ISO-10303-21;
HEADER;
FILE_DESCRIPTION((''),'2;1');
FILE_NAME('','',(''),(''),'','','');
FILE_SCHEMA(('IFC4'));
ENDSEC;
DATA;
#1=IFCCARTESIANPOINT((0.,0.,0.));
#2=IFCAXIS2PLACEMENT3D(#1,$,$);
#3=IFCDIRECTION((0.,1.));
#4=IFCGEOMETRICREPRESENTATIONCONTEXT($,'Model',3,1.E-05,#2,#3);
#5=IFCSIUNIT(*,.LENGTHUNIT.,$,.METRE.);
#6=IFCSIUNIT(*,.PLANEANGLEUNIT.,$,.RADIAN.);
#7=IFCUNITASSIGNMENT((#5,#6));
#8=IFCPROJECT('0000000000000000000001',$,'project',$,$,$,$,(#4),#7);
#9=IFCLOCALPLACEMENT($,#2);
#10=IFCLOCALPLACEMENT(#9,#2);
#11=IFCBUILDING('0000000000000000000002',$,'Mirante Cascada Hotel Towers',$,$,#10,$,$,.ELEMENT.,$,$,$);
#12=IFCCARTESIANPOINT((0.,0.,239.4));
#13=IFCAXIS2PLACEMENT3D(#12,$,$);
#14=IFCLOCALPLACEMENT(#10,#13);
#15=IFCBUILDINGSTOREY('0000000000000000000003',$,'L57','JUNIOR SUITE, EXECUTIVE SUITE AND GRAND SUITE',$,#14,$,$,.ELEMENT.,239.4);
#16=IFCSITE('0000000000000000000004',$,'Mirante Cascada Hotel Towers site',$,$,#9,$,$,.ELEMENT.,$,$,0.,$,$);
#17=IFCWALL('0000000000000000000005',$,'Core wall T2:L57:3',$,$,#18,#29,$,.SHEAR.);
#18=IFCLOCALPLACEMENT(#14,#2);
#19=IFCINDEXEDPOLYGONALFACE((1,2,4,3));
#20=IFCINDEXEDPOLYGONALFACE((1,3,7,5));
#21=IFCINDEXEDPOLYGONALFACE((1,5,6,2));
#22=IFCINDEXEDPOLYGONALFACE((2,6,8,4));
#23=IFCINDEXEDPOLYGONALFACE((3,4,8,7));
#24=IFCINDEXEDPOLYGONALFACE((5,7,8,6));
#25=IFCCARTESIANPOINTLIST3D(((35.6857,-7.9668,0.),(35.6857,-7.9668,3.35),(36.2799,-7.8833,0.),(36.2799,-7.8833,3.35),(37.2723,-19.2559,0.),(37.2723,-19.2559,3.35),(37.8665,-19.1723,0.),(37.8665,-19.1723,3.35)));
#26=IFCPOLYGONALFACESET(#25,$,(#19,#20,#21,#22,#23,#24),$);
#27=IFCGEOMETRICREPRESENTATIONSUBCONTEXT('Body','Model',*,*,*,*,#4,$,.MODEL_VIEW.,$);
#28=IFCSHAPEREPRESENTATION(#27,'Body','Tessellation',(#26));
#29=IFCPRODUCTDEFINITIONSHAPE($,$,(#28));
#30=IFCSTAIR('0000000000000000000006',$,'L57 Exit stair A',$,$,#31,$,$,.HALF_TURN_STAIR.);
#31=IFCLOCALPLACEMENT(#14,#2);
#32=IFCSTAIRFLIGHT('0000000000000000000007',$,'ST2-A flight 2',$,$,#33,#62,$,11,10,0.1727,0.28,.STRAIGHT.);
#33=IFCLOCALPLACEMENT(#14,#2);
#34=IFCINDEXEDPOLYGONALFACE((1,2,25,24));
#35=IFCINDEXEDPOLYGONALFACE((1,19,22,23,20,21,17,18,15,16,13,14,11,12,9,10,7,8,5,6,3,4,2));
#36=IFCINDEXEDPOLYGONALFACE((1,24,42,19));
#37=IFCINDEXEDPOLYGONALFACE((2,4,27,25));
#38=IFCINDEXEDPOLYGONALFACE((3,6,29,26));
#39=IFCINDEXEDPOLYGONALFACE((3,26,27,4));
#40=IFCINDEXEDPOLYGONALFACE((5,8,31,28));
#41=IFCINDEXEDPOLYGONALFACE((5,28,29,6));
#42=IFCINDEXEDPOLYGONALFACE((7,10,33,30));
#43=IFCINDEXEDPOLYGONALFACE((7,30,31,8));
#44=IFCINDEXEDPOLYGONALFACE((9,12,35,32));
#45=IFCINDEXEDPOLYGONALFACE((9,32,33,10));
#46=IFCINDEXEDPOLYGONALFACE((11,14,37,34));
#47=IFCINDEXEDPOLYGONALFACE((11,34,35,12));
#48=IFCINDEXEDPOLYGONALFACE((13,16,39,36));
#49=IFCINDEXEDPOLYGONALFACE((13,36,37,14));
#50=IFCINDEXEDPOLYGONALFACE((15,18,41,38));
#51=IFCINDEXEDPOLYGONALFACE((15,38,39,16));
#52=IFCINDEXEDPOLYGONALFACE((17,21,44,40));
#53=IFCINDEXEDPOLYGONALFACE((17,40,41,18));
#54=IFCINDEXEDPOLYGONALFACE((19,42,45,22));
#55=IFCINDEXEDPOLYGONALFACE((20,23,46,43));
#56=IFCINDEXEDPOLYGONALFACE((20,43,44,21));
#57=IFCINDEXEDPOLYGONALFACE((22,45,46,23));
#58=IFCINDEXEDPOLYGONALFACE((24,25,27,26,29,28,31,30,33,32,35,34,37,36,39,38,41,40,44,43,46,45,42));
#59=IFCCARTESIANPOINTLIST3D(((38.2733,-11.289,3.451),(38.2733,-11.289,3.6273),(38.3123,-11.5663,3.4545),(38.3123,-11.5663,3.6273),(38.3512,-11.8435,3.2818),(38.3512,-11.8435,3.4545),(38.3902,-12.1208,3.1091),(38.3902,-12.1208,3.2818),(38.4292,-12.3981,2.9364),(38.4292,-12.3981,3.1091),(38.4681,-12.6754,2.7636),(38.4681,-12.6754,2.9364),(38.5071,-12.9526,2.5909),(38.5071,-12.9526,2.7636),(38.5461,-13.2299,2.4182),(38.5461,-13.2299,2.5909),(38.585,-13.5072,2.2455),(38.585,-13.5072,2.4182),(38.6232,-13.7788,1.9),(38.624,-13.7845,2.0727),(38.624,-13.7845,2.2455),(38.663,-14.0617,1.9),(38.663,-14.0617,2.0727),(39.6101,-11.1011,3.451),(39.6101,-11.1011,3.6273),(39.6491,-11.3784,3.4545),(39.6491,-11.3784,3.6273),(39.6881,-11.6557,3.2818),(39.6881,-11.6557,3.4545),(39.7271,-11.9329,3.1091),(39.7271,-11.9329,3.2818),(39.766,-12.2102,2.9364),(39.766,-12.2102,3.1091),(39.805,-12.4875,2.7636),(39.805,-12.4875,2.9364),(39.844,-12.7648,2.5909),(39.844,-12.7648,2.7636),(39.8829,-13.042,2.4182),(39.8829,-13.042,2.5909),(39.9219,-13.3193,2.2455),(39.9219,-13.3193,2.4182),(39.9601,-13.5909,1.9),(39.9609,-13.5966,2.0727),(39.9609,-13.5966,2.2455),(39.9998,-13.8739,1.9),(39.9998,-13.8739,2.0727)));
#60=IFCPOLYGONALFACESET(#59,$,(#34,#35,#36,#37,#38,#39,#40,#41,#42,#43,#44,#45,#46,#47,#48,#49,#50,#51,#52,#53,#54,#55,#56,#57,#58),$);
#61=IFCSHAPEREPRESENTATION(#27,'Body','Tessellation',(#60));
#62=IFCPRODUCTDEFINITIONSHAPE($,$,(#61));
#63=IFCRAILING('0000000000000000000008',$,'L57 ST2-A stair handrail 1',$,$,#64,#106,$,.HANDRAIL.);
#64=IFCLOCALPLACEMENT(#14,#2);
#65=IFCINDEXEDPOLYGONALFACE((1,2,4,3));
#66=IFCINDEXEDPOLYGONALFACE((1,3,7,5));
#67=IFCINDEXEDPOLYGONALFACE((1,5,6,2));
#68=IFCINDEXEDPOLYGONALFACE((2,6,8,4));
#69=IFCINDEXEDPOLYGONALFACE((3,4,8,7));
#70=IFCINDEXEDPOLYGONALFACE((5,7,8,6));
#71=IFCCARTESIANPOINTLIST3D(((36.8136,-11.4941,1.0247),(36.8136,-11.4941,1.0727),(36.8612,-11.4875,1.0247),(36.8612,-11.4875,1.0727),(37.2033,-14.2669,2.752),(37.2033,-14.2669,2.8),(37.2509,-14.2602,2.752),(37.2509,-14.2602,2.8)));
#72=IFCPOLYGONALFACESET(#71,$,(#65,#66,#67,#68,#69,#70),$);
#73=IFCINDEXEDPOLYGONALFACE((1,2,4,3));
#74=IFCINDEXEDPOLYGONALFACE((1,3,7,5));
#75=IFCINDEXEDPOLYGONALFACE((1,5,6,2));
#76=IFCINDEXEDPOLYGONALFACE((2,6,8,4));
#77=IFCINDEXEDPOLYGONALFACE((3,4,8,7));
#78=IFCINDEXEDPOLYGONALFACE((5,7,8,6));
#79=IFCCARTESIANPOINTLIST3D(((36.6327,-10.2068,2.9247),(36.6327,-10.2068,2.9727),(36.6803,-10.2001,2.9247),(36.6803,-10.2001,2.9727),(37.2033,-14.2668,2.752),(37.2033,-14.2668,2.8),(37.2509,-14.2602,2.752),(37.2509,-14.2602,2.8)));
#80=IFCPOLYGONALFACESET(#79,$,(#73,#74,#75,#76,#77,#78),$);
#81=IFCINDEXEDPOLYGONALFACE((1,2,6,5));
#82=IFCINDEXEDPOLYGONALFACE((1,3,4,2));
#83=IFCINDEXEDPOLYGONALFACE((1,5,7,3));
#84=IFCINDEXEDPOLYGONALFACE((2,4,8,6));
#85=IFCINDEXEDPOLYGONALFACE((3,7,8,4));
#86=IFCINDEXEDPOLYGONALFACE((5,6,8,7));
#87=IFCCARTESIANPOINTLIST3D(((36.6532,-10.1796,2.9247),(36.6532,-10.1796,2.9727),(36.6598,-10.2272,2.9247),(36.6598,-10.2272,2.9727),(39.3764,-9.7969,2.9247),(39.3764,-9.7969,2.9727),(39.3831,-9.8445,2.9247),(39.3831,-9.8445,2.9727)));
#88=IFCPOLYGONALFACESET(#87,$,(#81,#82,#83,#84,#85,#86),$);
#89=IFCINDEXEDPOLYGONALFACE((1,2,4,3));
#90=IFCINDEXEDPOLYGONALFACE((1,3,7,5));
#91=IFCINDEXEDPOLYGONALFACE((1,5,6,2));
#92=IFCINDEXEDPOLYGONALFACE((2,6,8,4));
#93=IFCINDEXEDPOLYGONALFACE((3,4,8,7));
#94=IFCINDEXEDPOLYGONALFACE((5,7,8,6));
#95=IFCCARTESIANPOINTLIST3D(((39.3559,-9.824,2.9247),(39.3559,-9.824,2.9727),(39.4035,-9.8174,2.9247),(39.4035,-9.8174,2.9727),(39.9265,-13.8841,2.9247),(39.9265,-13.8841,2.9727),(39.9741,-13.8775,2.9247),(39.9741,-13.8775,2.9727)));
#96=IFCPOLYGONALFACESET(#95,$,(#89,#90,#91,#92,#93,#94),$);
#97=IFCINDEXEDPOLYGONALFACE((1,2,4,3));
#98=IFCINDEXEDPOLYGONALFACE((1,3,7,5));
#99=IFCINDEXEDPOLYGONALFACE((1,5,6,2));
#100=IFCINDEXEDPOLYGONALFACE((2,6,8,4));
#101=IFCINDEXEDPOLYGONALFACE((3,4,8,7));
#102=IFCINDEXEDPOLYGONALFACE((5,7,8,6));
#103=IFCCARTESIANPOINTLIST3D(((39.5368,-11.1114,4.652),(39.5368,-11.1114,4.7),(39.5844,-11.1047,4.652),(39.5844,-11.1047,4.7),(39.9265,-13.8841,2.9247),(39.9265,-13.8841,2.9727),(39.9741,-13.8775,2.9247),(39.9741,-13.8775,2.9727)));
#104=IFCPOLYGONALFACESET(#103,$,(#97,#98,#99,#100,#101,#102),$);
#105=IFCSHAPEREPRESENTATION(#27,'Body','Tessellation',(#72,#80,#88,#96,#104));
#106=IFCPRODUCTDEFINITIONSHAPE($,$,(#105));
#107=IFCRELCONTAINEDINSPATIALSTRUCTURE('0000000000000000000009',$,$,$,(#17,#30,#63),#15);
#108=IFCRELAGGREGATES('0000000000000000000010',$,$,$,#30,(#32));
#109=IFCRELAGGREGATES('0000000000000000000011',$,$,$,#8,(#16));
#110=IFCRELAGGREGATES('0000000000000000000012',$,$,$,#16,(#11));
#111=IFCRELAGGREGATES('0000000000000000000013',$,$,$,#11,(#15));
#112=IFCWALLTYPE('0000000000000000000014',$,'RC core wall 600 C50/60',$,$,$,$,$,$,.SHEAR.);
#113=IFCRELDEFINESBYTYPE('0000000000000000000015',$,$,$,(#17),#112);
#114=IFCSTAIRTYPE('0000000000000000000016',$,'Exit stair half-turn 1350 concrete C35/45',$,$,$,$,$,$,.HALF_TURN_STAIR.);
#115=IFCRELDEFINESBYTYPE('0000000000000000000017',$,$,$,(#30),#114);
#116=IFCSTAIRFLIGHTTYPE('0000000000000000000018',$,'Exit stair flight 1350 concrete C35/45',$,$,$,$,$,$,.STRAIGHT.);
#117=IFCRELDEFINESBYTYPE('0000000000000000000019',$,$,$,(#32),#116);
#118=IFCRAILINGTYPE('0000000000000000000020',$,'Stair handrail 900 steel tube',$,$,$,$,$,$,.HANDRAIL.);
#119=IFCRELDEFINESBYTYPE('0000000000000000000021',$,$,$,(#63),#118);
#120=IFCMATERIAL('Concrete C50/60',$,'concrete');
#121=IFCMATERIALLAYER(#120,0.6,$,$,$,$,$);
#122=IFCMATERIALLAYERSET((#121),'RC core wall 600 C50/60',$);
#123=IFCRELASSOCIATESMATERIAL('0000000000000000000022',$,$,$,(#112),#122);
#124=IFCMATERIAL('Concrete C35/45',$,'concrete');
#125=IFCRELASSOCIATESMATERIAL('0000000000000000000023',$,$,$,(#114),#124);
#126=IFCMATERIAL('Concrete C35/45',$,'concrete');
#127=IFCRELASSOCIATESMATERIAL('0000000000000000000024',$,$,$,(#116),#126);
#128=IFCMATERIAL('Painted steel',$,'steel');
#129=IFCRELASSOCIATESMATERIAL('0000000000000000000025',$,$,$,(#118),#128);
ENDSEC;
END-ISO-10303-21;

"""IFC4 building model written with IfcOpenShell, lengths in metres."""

from ifc_helpers import new_model, si_unit, direction, frame, frame_2d, origin, origin_2d, place, context, subcontext, project, spatial, polyline, rectangle, outline, extrude, material, layer, layer_set, type_object, element, aggregate, save


model = new_model("IFC4")

# Units and contexts
model_context = context("Model", 3, precision=1e-05, world=origin(), true_north=direction((0.0, 1.0)))
body_context = subcontext(model_context, "Body", "Model", "MODEL_VIEW")
ifc_project = project(units=[si_unit("LENGTHUNIT", "METRE"), si_unit("PLANEANGLEUNIT", "RADIAN")], contexts=[model_context])

# Site, building, storey
site_placement = place(None, origin())
site = spatial("IfcSite", under=ifc_project, at=site_placement, Name="Mirante Cascada Hotel Towers site", CompositionType="ELEMENT", RefElevation=0.0)
building_placement = place(site_placement, origin())
building = spatial("IfcBuilding", under=site, at=building_placement, Name="Mirante Cascada Hotel Towers", CompositionType="ELEMENT")
storey_placement = place(building_placement, frame((0.0, 0.0, 239.4)))
storey = spatial("IfcBuildingStorey", under=building, at=storey_placement, Name="L57", Description="JUNIOR SUITE, EXECUTIVE SUITE AND GRAND SUITE", CompositionType="ELEMENT", Elevation=239.4)

# Wall
ifc_material_1 = material(Name="Concrete C50/60", Category="concrete")
ifc_layer_1 = layer(ifc_material_1, 0.6)
ifc_layer_set_1 = layer_set([ifc_layer_1], Name="RC core wall 600 C50/60")
wall_type_1 = type_object("IfcWallType", Name="RC core wall 600 C50/60", PredefinedType="SHEAR", material=ifc_layer_set_1)
wall_1_placement = place(storey_placement, frame((37.5694, -19.2141, 0.0), z_axis=(0.0, 0.0, 1.0), x_axis=(-0.139175, 0.990268, 0.0)))
element("IfcWall", 1, at=wall_1_placement, inside=storey, type_object=wall_type_1, Name="Core wall T2:L57:3", PredefinedType="SHEAR", context=body_context, shape_type="SweptSolid", body=[
    extrude(rectangle(XDim=11.4, YDim=0.6, at=frame_2d((5.7, 0.0))), origin(), (0.0, 0.0, 1.0), 3.35),
])

# Stair, stair flight
ifc_material_2 = material(Name="Concrete C35/45", Category="concrete")
stair_type = type_object("IfcStairType", Name="Exit stair half-turn 1350 concrete C35/45", PredefinedType="HALF_TURN_STAIR", material=ifc_material_2)
stair_placement = place(storey_placement, origin())
stair = element("IfcStair", 2, at=stair_placement, inside=storey, type_object=stair_type, Name="L57 Exit stair A", PredefinedType="HALF_TURN_STAIR")
ifc_material_3 = material(Name="Concrete C35/45", Category="concrete")
stair_flight_type = type_object("IfcStairFlightType", Name="Exit stair flight 1350 concrete C35/45", PredefinedType="STRAIGHT", material=ifc_material_3)
stair_flight_placement = place(storey_placement, frame((39.3314, -13.9678, 1.9), z_axis=(0.0, 0.0, 1.0), x_axis=(-0.139173, 0.990268, 0.0)))
stair_flight = element("IfcStairFlight", 3, at=stair_flight_placement, type_object=stair_flight_type, Name="ST2-A flight 2", NumberOfRisers=11, NumberOfTreads=10, PredefinedType="STRAIGHT", RiserHeight=0.1727, TreadLength=0.28, context=body_context, shape_type="SweptSolid", body=[
    extrude(outline(polyline([(0.0, 0.0), (0.0, 0.1727), (0.28, 0.1727), (0.28, 0.3455), (0.56, 0.3455), (0.56, 0.5182), (0.84, 0.5182), (0.84, 0.6909), (1.12, 0.6909), (1.12, 0.8636), (1.4, 0.8636), (1.4, 1.0364), (1.68, 1.0364), (1.68, 1.2091), (1.96, 1.2091), (1.96, 1.3818), (2.24, 1.3818), (2.24, 1.5545), (2.52, 1.5545), (2.52, 1.7273), (2.8, 1.7273), (2.8, 1.9), (2.8, 1.551), (0.2857, 0.0), (0.0, 0.0)])), frame((0.0, 0.675, 0.0), z_axis=(0.0, -1.0, 0.0), x_axis=(1.0, 0.0, 0.0)), (0.0, 0.0, 1.0), 1.35),
])
aggregate(stair, [stair_flight])

# Railing
ifc_material_4 = material(Name="Painted steel", Category="steel")
railing_type = type_object("IfcRailingType", Name="Stair handrail 900 steel tube", PredefinedType="HANDRAIL", material=ifc_material_4)
railing_placement = place(storey_placement, frame((36.8374, -11.4908, 0.1727)))
element("IfcRailing", 4, at=railing_placement, inside=storey, type_object=railing_type, Name="L57 ST2-A stair handrail 1", PredefinedType="HANDRAIL", context=body_context, shape_type="SweptSolid", body=[
    extrude(rectangle(XDim=0.048, YDim=0.048, at=origin_2d()), frame((0.0, 0.0, 0.876), z_axis=(0.139181, -0.990267, 0.0), x_axis=(0.990267, 0.139181, 0.0)), (0.0, 0.525035, 0.851081), 3.2899),
    extrude(rectangle(XDim=0.048, YDim=0.048, at=origin_2d()), frame((0.3897, -2.7727, 2.6033), z_axis=(-0.139171, 0.990268, 0.0), x_axis=(-0.990268, -0.139171, 0.0)), (0.0, 0.042085, 0.999114), 4.1036),
    extrude(rectangle(XDim=0.048, YDim=0.048, at=origin_2d()), frame((-0.1809, 1.2874, 2.776), z_axis=(0.990269, 0.139166, 0.0), x_axis=(-0.139166, 0.990269, 0.0)), (0.0, 0.0, 1.0), 2.75),
    extrude(rectangle(XDim=0.048, YDim=0.048, at=origin_2d()), frame((2.5423, 1.6701, 2.776), z_axis=(0.139171, -0.990268, 0.0), x_axis=(0.990268, 0.139171, 0.0)), (0.0, 0.0, 1.0), 4.1),
    extrude(rectangle(XDim=0.048, YDim=0.048, at=origin_2d()), frame((3.1129, -2.39, 2.776), z_axis=(-0.139181, 0.990267, 0.0), x_axis=(-0.990267, -0.139181, 0.0)), (0.0, 0.525035, 0.851081), 3.2899),
])

save(model, "model.ifc")
